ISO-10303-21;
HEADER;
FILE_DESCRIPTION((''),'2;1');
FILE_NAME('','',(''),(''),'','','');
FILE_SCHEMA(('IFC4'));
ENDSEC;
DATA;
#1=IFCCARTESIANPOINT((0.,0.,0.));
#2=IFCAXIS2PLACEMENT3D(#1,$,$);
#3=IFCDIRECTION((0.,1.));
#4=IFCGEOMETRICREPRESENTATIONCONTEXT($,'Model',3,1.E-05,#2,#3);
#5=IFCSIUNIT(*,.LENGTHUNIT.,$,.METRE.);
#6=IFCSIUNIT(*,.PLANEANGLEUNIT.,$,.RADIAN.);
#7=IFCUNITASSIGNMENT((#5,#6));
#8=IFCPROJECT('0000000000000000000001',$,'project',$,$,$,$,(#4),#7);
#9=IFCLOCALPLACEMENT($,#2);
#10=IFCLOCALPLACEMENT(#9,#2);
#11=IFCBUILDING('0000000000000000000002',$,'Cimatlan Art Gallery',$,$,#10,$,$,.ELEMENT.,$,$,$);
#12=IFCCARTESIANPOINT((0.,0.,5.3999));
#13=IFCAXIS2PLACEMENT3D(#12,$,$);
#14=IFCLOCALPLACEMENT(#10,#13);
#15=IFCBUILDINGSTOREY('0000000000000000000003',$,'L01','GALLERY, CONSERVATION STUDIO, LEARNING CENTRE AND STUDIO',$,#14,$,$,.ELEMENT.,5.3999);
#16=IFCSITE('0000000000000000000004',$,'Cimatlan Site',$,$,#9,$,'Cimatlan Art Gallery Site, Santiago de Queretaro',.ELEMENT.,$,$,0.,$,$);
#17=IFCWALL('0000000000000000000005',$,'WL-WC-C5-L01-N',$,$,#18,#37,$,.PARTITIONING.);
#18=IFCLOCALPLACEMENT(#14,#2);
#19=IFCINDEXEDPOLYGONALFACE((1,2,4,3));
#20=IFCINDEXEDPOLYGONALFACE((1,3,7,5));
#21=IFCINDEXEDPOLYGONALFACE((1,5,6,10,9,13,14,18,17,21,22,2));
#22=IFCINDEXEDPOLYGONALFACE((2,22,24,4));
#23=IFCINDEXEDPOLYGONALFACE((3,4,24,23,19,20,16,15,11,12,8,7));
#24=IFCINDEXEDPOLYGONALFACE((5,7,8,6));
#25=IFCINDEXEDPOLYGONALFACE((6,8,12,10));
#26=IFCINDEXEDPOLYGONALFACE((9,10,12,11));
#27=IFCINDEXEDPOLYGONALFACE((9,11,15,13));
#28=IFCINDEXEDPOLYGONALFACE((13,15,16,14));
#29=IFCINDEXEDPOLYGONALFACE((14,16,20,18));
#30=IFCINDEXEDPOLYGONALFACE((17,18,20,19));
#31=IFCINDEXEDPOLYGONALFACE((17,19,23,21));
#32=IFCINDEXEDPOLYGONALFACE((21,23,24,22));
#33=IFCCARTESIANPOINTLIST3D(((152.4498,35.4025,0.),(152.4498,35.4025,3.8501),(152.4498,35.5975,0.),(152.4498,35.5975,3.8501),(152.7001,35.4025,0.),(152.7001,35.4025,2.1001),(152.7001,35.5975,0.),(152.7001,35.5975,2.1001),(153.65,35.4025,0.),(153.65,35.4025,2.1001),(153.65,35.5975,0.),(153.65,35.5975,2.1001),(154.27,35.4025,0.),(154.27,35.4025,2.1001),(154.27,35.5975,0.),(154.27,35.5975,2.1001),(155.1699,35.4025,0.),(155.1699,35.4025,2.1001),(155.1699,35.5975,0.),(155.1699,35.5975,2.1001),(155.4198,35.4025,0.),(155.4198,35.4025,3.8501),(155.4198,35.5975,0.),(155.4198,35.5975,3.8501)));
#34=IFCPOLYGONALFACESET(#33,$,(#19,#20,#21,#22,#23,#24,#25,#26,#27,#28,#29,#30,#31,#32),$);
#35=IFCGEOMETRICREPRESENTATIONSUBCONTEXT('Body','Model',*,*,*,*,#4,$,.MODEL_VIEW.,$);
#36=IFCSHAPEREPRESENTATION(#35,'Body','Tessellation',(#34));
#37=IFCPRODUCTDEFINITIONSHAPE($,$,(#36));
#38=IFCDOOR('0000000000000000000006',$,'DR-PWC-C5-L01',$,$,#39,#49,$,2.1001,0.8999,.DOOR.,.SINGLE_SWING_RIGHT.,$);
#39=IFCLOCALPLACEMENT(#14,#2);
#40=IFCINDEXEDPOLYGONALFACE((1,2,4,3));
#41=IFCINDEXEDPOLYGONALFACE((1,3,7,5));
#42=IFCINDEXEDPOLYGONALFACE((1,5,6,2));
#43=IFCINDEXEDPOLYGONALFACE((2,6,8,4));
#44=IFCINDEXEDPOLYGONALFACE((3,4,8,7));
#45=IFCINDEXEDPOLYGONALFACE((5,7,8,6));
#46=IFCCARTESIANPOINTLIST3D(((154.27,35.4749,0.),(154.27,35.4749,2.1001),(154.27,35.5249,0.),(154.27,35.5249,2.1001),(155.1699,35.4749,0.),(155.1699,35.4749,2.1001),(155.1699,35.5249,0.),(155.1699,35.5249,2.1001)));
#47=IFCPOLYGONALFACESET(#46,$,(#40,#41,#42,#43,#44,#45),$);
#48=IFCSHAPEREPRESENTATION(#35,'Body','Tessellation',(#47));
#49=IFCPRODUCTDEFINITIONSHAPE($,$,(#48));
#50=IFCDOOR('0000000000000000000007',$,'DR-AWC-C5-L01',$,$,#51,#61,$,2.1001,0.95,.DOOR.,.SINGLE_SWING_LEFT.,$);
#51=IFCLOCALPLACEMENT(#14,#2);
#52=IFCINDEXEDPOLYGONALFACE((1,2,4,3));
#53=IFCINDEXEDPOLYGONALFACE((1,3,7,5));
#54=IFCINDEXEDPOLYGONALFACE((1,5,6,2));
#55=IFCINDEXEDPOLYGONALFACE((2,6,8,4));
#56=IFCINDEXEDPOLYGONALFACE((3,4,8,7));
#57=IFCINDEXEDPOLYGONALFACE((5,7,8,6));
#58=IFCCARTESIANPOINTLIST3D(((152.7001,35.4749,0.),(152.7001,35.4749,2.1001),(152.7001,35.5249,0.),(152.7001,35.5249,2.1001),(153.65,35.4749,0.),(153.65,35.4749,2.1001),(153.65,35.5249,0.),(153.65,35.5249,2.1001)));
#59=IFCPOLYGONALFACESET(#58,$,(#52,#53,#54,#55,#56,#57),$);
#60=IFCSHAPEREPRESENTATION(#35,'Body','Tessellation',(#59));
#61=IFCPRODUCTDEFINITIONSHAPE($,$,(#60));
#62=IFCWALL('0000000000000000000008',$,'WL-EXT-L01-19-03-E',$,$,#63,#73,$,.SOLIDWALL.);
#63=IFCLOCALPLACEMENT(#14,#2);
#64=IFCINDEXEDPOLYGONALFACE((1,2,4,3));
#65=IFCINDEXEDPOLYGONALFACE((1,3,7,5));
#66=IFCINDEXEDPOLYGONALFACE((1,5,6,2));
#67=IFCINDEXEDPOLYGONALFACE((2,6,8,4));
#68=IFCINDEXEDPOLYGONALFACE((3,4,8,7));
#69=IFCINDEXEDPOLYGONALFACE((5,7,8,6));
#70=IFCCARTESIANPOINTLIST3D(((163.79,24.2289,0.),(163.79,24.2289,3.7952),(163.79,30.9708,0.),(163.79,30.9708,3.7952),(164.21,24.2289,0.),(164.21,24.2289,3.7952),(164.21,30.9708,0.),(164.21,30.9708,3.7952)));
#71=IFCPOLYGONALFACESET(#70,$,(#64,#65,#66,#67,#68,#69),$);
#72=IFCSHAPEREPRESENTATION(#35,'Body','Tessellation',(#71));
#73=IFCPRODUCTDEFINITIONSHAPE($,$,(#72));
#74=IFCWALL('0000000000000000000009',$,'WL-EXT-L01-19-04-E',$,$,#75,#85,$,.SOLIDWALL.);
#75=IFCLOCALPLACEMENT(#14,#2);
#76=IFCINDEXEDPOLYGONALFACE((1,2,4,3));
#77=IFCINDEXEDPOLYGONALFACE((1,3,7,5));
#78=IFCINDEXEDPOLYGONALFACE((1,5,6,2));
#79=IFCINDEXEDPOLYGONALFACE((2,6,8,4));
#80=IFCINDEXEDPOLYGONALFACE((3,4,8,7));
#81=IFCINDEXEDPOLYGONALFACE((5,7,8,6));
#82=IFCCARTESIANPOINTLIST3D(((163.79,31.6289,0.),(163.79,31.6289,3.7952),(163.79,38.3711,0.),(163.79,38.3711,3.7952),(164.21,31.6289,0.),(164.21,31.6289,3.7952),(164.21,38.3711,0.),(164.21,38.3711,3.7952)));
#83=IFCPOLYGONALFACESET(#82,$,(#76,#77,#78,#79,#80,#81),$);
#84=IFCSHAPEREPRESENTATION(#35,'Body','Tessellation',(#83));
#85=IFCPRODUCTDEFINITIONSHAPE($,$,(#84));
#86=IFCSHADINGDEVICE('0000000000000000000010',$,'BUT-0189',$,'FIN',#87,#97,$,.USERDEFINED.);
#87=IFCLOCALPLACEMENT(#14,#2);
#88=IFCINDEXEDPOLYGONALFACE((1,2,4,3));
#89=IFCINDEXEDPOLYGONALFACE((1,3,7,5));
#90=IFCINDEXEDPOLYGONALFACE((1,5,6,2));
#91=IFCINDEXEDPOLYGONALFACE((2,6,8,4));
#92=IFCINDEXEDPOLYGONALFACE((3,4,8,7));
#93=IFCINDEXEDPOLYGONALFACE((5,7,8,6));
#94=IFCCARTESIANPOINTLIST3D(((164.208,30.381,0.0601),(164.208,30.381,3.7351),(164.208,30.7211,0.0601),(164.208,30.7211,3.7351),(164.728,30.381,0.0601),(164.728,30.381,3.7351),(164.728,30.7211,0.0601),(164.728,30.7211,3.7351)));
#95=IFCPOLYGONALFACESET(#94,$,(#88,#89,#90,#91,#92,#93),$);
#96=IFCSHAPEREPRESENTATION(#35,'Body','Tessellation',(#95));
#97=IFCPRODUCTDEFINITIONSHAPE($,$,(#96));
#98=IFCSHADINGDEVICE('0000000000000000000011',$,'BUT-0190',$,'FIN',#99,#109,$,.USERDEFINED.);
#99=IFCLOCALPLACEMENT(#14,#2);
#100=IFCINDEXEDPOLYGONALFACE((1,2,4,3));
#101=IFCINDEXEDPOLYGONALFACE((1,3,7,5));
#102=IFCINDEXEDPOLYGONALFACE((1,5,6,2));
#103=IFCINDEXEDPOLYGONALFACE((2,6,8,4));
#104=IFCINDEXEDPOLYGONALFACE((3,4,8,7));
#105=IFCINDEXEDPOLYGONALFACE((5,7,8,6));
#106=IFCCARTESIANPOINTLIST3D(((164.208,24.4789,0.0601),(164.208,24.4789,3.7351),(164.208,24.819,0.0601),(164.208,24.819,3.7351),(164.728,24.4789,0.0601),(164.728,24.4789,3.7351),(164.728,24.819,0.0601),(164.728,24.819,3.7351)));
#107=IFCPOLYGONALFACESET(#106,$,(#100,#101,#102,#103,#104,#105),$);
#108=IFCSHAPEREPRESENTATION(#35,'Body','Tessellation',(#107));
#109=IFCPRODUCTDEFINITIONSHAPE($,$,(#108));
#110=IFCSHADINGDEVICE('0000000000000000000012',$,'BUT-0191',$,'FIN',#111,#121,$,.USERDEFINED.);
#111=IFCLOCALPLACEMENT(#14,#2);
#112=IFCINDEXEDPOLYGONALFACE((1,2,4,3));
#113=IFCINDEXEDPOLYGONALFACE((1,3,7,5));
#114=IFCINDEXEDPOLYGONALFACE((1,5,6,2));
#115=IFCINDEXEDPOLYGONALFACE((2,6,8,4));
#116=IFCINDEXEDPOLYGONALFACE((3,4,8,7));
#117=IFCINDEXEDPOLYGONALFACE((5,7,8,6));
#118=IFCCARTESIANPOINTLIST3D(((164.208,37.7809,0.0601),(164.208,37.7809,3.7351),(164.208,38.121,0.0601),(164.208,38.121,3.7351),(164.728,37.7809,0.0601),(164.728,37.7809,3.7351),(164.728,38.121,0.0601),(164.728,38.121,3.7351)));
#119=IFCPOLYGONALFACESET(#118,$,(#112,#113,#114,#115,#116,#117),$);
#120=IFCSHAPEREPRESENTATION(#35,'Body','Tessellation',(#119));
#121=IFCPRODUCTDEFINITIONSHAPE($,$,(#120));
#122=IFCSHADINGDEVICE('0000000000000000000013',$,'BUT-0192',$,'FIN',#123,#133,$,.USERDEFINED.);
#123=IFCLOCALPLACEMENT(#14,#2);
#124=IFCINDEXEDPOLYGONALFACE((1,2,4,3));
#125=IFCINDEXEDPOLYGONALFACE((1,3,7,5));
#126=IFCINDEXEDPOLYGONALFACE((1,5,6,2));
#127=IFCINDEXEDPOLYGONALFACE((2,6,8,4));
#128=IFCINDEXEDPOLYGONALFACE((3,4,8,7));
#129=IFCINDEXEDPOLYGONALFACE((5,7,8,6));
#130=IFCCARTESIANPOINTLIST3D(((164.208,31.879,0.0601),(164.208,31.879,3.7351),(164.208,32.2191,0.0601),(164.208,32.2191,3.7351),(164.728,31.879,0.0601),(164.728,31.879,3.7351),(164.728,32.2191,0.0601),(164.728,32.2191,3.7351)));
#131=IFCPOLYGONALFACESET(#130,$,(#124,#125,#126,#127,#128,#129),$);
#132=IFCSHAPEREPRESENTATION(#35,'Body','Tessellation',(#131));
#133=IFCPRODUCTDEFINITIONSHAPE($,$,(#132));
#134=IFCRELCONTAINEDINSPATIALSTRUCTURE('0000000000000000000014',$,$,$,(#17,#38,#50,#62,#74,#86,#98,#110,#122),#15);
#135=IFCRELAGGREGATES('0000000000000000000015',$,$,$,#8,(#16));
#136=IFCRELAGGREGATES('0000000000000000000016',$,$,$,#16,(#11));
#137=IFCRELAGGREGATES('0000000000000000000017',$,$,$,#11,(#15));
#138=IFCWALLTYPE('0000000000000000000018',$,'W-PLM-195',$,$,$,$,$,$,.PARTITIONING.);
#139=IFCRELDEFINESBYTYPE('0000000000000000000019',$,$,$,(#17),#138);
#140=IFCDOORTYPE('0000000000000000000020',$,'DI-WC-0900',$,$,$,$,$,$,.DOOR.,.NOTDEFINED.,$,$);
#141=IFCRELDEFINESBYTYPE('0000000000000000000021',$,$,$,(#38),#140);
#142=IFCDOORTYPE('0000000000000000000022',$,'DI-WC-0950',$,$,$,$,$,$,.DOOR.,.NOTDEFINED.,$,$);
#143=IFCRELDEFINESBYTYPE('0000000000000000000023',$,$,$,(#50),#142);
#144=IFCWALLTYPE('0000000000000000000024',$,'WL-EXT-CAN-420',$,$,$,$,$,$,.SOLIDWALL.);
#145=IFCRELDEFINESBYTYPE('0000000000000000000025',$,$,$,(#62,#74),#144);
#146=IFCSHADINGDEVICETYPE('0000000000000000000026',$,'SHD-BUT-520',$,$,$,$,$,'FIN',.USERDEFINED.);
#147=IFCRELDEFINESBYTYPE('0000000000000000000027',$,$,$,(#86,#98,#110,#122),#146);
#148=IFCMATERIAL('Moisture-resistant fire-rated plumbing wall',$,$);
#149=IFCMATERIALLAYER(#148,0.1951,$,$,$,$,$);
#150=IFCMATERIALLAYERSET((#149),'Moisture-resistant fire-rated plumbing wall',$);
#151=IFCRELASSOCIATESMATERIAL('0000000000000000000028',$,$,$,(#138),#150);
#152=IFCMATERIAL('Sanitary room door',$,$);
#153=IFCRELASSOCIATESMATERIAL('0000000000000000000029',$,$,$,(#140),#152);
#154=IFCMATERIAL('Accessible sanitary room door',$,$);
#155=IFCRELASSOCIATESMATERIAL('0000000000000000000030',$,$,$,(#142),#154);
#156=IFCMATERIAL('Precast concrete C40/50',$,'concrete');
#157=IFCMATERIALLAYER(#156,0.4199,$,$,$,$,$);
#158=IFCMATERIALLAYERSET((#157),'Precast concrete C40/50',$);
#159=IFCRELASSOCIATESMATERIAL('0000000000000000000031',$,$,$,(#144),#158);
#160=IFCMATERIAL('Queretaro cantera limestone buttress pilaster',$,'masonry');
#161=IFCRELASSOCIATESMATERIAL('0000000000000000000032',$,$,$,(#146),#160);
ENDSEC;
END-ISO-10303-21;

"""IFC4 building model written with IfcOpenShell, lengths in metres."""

from ifc_helpers import new_model, si_unit, direction, frame, frame_2d, origin, origin_2d, place, context, subcontext, project, spatial, rectangle, extrude, material, layer, layer_set, type_object, element, fill, save


model = new_model("IFC4")

# Units and contexts
model_context = context("Model", 3, precision=1e-05, world=origin(), true_north=direction((0.0, 1.0)))
body_context = subcontext(model_context, "Body", "Model", "MODEL_VIEW")
ifc_project = project(units=[si_unit("LENGTHUNIT", "METRE"), si_unit("PLANEANGLEUNIT", "RADIAN")], contexts=[model_context])

# Site, building, storey
site_placement = place(None, origin())
site = spatial("IfcSite", under=ifc_project, at=site_placement, Name="Cimatlan Site", LongName="Cimatlan Art Gallery Site, Santiago de Queretaro", CompositionType="ELEMENT", RefElevation=0.0)
building_placement = place(site_placement, origin())
building = spatial("IfcBuilding", under=site, at=building_placement, Name="Cimatlan Art Gallery", CompositionType="ELEMENT")
storey_placement = place(building_placement, frame((0.0, 0.0, 5.3999)))
storey = spatial("IfcBuildingStorey", under=building, at=storey_placement, Name="L01", Description="GALLERY, CONSERVATION STUDIO, LEARNING CENTRE AND STUDIO", CompositionType="ELEMENT", Elevation=5.3999)

# Shared definitions
ifc_material_1 = material(Name="Moisture-resistant fire-rated plumbing wall")
ifc_layer_1 = layer(ifc_material_1, 0.1951)
ifc_layer_set_1 = layer_set([ifc_layer_1], Name="Moisture-resistant fire-rated plumbing wall")
wall_type_1 = type_object("IfcWallType", Name="W-PLM-195", PredefinedType="PARTITIONING", material=ifc_layer_set_1)

# Wall, openings, doors
wall_1_placement = place(storey_placement, frame((152.45, 35.5, 0.0), z_axis=(0.0, 0.0, 1.0), x_axis=(1.0, 0.0, 0.0)))
wall_1 = element("IfcWall", 1, at=wall_1_placement, inside=storey, type_object=wall_type_1, Name="WL-WC-C5-L01-N", PredefinedType="PARTITIONING", context=body_context, shape_type="SweptSolid", body=[
    extrude(rectangle(XDim=2.97, YDim=0.1951, at=frame_2d((1.4849, 0.0))), origin(), (0.0, 0.0, 1.0), 3.8501),
])
opening_1_placement = place(wall_1_placement, frame((0.25, 0.0, 0.0)))
opening_1 = element("IfcOpeningElement", 2, at=opening_1_placement, cuts=wall_1, PredefinedType="OPENING", context=body_context, shape_type="SweptSolid", body=[
    extrude(rectangle(XDim=0.95, YDim=2.1001, at=frame_2d((0.4751, 1.05))), frame((0.0, 0.1074, 0.0), z_axis=(0.0, -1.0, 0.0), x_axis=(1.0, 0.0, 0.0)), (0.0, 0.0, 1.0), 0.2151),
])
opening_2_placement = place(wall_1_placement, frame((1.8201, 0.0, 0.0)))
opening_2 = element("IfcOpeningElement", 3, at=opening_2_placement, cuts=wall_1, PredefinedType="OPENING", context=body_context, shape_type="SweptSolid", body=[
    extrude(rectangle(XDim=0.8999, YDim=2.1001, at=frame_2d((0.45, 1.05))), frame((0.0, 0.1074, 0.0), z_axis=(0.0, -1.0, 0.0), x_axis=(1.0, 0.0, 0.0)), (0.0, 0.0, 1.0), 0.2151),
])
ifc_material_2 = material(Name="Sanitary room door")
door_type_1 = type_object("IfcDoorType", Name="DI-WC-0900", OperationType="NOTDEFINED", PredefinedType="DOOR", material=ifc_material_2)
door_1_placement = place(opening_2_placement, origin())
door_1 = element("IfcDoor", 4, at=door_1_placement, inside=storey, type_object=door_type_1, Name="DR-PWC-C5-L01", OperationType="SINGLE_SWING_RIGHT", OverallHeight=2.1001, OverallWidth=0.8999, PredefinedType="DOOR", context=body_context, shape_type="SweptSolid", body=[
    extrude(rectangle(XDim=0.8999, YDim=2.1001, at=frame_2d((0.45, 1.05))), frame((0.0, 0.0249, 0.0), z_axis=(0.0, -1.0, 0.0), x_axis=(1.0, 0.0, 0.0)), (0.0, 0.0, 1.0), 0.05),
])
fill(opening_2, door_1)
ifc_material_3 = material(Name="Accessible sanitary room door")
door_type_2 = type_object("IfcDoorType", Name="DI-WC-0950", OperationType="NOTDEFINED", PredefinedType="DOOR", material=ifc_material_3)
door_2_placement = place(opening_1_placement, origin())
door_2 = element("IfcDoor", 5, at=door_2_placement, inside=storey, type_object=door_type_2, Name="DR-AWC-C5-L01", OperationType="SINGLE_SWING_LEFT", OverallHeight=2.1001, OverallWidth=0.95, PredefinedType="DOOR", context=body_context, shape_type="SweptSolid", body=[
    extrude(rectangle(XDim=0.95, YDim=2.1001, at=frame_2d((0.4751, 1.05))), frame((0.0, 0.0249, 0.0), z_axis=(0.0, -1.0, 0.0), x_axis=(1.0, 0.0, 0.0)), (0.0, 0.0, 1.0), 0.05),
])
fill(opening_1, door_2)

# Walls
ifc_material_4 = material(Name="Precast concrete C40/50", Category="concrete")
ifc_layer_2 = layer(ifc_material_4, 0.4199)
ifc_layer_set_2 = layer_set([ifc_layer_2], Name="Precast concrete C40/50")
wall_type_2 = type_object("IfcWallType", Name="WL-EXT-CAN-420", PredefinedType="SOLIDWALL", material=ifc_layer_set_2)
wall_2_placement = place(storey_placement, frame((164.0, 30.9709, 0.0), z_axis=(0.0, 0.0, 1.0), x_axis=(0.0, -1.0, 0.0)))
element("IfcWall", 6, at=wall_2_placement, inside=storey, type_object=wall_type_2, Name="WL-EXT-L01-19-03-E", PredefinedType="SOLIDWALL", context=body_context, shape_type="SweptSolid", body=[
    extrude(rectangle(XDim=6.7419, YDim=0.4199, at=frame_2d((3.3711, 0.0))), origin(), (0.0, 0.0, 1.0), 3.7952),
])
wall_3_placement = place(storey_placement, frame((164.0, 38.3711, 0.0), z_axis=(0.0, 0.0, 1.0), x_axis=(0.0, -1.0, 0.0)))
element("IfcWall", 7, at=wall_3_placement, inside=storey, type_object=wall_type_2, Name="WL-EXT-L01-19-04-E", PredefinedType="SOLIDWALL", context=body_context, shape_type="SweptSolid", body=[
    extrude(rectangle(XDim=6.7422, YDim=0.4199, at=frame_2d((3.3711, 0.0))), origin(), (0.0, 0.0, 1.0), 3.7952),
])

# Shading devices
ifc_material_5 = material(Name="Queretaro cantera limestone buttress pilaster", Category="masonry")
shading_device_type = type_object("IfcShadingDeviceType", Name="SHD-BUT-520", ElementType="FIN", PredefinedType="USERDEFINED", material=ifc_material_5)
for number, where, z_axis, x_axis, name in (
    (8, (164.468, 30.551, 0.0601), (0.0, 0.0, 1.0), (0.0, -1.0, 0.0), "BUT-0189"),
    (9, (164.468, 24.6489, 0.0601), (0.0, 0.0, 1.0), (0.0, -1.0, 0.0), "BUT-0190"),
    (10, (164.468, 37.9509, 0.0601), (0.0, 0.0, 1.0), (0.0, -1.0, 0.0), "BUT-0191"),
    (11, (164.468, 32.0491, 0.0601), (0.0, 0.0, 1.0), (0.0, -1.0, 0.0), "BUT-0192"),
):
    element("IfcShadingDevice", number, at=place(storey_placement, frame(where, z_axis=z_axis, x_axis=x_axis)), inside=storey, type_object=shading_device_type, Name=name, ObjectType="FIN", PredefinedType="USERDEFINED", context=body_context, shape_type="SweptSolid", body=[
        extrude(rectangle(XDim=0.3401, YDim=0.52, at=origin_2d()), origin(), (0.0, 0.0, 1.0), 3.675),
    ])

save(model, "model.ifc")
